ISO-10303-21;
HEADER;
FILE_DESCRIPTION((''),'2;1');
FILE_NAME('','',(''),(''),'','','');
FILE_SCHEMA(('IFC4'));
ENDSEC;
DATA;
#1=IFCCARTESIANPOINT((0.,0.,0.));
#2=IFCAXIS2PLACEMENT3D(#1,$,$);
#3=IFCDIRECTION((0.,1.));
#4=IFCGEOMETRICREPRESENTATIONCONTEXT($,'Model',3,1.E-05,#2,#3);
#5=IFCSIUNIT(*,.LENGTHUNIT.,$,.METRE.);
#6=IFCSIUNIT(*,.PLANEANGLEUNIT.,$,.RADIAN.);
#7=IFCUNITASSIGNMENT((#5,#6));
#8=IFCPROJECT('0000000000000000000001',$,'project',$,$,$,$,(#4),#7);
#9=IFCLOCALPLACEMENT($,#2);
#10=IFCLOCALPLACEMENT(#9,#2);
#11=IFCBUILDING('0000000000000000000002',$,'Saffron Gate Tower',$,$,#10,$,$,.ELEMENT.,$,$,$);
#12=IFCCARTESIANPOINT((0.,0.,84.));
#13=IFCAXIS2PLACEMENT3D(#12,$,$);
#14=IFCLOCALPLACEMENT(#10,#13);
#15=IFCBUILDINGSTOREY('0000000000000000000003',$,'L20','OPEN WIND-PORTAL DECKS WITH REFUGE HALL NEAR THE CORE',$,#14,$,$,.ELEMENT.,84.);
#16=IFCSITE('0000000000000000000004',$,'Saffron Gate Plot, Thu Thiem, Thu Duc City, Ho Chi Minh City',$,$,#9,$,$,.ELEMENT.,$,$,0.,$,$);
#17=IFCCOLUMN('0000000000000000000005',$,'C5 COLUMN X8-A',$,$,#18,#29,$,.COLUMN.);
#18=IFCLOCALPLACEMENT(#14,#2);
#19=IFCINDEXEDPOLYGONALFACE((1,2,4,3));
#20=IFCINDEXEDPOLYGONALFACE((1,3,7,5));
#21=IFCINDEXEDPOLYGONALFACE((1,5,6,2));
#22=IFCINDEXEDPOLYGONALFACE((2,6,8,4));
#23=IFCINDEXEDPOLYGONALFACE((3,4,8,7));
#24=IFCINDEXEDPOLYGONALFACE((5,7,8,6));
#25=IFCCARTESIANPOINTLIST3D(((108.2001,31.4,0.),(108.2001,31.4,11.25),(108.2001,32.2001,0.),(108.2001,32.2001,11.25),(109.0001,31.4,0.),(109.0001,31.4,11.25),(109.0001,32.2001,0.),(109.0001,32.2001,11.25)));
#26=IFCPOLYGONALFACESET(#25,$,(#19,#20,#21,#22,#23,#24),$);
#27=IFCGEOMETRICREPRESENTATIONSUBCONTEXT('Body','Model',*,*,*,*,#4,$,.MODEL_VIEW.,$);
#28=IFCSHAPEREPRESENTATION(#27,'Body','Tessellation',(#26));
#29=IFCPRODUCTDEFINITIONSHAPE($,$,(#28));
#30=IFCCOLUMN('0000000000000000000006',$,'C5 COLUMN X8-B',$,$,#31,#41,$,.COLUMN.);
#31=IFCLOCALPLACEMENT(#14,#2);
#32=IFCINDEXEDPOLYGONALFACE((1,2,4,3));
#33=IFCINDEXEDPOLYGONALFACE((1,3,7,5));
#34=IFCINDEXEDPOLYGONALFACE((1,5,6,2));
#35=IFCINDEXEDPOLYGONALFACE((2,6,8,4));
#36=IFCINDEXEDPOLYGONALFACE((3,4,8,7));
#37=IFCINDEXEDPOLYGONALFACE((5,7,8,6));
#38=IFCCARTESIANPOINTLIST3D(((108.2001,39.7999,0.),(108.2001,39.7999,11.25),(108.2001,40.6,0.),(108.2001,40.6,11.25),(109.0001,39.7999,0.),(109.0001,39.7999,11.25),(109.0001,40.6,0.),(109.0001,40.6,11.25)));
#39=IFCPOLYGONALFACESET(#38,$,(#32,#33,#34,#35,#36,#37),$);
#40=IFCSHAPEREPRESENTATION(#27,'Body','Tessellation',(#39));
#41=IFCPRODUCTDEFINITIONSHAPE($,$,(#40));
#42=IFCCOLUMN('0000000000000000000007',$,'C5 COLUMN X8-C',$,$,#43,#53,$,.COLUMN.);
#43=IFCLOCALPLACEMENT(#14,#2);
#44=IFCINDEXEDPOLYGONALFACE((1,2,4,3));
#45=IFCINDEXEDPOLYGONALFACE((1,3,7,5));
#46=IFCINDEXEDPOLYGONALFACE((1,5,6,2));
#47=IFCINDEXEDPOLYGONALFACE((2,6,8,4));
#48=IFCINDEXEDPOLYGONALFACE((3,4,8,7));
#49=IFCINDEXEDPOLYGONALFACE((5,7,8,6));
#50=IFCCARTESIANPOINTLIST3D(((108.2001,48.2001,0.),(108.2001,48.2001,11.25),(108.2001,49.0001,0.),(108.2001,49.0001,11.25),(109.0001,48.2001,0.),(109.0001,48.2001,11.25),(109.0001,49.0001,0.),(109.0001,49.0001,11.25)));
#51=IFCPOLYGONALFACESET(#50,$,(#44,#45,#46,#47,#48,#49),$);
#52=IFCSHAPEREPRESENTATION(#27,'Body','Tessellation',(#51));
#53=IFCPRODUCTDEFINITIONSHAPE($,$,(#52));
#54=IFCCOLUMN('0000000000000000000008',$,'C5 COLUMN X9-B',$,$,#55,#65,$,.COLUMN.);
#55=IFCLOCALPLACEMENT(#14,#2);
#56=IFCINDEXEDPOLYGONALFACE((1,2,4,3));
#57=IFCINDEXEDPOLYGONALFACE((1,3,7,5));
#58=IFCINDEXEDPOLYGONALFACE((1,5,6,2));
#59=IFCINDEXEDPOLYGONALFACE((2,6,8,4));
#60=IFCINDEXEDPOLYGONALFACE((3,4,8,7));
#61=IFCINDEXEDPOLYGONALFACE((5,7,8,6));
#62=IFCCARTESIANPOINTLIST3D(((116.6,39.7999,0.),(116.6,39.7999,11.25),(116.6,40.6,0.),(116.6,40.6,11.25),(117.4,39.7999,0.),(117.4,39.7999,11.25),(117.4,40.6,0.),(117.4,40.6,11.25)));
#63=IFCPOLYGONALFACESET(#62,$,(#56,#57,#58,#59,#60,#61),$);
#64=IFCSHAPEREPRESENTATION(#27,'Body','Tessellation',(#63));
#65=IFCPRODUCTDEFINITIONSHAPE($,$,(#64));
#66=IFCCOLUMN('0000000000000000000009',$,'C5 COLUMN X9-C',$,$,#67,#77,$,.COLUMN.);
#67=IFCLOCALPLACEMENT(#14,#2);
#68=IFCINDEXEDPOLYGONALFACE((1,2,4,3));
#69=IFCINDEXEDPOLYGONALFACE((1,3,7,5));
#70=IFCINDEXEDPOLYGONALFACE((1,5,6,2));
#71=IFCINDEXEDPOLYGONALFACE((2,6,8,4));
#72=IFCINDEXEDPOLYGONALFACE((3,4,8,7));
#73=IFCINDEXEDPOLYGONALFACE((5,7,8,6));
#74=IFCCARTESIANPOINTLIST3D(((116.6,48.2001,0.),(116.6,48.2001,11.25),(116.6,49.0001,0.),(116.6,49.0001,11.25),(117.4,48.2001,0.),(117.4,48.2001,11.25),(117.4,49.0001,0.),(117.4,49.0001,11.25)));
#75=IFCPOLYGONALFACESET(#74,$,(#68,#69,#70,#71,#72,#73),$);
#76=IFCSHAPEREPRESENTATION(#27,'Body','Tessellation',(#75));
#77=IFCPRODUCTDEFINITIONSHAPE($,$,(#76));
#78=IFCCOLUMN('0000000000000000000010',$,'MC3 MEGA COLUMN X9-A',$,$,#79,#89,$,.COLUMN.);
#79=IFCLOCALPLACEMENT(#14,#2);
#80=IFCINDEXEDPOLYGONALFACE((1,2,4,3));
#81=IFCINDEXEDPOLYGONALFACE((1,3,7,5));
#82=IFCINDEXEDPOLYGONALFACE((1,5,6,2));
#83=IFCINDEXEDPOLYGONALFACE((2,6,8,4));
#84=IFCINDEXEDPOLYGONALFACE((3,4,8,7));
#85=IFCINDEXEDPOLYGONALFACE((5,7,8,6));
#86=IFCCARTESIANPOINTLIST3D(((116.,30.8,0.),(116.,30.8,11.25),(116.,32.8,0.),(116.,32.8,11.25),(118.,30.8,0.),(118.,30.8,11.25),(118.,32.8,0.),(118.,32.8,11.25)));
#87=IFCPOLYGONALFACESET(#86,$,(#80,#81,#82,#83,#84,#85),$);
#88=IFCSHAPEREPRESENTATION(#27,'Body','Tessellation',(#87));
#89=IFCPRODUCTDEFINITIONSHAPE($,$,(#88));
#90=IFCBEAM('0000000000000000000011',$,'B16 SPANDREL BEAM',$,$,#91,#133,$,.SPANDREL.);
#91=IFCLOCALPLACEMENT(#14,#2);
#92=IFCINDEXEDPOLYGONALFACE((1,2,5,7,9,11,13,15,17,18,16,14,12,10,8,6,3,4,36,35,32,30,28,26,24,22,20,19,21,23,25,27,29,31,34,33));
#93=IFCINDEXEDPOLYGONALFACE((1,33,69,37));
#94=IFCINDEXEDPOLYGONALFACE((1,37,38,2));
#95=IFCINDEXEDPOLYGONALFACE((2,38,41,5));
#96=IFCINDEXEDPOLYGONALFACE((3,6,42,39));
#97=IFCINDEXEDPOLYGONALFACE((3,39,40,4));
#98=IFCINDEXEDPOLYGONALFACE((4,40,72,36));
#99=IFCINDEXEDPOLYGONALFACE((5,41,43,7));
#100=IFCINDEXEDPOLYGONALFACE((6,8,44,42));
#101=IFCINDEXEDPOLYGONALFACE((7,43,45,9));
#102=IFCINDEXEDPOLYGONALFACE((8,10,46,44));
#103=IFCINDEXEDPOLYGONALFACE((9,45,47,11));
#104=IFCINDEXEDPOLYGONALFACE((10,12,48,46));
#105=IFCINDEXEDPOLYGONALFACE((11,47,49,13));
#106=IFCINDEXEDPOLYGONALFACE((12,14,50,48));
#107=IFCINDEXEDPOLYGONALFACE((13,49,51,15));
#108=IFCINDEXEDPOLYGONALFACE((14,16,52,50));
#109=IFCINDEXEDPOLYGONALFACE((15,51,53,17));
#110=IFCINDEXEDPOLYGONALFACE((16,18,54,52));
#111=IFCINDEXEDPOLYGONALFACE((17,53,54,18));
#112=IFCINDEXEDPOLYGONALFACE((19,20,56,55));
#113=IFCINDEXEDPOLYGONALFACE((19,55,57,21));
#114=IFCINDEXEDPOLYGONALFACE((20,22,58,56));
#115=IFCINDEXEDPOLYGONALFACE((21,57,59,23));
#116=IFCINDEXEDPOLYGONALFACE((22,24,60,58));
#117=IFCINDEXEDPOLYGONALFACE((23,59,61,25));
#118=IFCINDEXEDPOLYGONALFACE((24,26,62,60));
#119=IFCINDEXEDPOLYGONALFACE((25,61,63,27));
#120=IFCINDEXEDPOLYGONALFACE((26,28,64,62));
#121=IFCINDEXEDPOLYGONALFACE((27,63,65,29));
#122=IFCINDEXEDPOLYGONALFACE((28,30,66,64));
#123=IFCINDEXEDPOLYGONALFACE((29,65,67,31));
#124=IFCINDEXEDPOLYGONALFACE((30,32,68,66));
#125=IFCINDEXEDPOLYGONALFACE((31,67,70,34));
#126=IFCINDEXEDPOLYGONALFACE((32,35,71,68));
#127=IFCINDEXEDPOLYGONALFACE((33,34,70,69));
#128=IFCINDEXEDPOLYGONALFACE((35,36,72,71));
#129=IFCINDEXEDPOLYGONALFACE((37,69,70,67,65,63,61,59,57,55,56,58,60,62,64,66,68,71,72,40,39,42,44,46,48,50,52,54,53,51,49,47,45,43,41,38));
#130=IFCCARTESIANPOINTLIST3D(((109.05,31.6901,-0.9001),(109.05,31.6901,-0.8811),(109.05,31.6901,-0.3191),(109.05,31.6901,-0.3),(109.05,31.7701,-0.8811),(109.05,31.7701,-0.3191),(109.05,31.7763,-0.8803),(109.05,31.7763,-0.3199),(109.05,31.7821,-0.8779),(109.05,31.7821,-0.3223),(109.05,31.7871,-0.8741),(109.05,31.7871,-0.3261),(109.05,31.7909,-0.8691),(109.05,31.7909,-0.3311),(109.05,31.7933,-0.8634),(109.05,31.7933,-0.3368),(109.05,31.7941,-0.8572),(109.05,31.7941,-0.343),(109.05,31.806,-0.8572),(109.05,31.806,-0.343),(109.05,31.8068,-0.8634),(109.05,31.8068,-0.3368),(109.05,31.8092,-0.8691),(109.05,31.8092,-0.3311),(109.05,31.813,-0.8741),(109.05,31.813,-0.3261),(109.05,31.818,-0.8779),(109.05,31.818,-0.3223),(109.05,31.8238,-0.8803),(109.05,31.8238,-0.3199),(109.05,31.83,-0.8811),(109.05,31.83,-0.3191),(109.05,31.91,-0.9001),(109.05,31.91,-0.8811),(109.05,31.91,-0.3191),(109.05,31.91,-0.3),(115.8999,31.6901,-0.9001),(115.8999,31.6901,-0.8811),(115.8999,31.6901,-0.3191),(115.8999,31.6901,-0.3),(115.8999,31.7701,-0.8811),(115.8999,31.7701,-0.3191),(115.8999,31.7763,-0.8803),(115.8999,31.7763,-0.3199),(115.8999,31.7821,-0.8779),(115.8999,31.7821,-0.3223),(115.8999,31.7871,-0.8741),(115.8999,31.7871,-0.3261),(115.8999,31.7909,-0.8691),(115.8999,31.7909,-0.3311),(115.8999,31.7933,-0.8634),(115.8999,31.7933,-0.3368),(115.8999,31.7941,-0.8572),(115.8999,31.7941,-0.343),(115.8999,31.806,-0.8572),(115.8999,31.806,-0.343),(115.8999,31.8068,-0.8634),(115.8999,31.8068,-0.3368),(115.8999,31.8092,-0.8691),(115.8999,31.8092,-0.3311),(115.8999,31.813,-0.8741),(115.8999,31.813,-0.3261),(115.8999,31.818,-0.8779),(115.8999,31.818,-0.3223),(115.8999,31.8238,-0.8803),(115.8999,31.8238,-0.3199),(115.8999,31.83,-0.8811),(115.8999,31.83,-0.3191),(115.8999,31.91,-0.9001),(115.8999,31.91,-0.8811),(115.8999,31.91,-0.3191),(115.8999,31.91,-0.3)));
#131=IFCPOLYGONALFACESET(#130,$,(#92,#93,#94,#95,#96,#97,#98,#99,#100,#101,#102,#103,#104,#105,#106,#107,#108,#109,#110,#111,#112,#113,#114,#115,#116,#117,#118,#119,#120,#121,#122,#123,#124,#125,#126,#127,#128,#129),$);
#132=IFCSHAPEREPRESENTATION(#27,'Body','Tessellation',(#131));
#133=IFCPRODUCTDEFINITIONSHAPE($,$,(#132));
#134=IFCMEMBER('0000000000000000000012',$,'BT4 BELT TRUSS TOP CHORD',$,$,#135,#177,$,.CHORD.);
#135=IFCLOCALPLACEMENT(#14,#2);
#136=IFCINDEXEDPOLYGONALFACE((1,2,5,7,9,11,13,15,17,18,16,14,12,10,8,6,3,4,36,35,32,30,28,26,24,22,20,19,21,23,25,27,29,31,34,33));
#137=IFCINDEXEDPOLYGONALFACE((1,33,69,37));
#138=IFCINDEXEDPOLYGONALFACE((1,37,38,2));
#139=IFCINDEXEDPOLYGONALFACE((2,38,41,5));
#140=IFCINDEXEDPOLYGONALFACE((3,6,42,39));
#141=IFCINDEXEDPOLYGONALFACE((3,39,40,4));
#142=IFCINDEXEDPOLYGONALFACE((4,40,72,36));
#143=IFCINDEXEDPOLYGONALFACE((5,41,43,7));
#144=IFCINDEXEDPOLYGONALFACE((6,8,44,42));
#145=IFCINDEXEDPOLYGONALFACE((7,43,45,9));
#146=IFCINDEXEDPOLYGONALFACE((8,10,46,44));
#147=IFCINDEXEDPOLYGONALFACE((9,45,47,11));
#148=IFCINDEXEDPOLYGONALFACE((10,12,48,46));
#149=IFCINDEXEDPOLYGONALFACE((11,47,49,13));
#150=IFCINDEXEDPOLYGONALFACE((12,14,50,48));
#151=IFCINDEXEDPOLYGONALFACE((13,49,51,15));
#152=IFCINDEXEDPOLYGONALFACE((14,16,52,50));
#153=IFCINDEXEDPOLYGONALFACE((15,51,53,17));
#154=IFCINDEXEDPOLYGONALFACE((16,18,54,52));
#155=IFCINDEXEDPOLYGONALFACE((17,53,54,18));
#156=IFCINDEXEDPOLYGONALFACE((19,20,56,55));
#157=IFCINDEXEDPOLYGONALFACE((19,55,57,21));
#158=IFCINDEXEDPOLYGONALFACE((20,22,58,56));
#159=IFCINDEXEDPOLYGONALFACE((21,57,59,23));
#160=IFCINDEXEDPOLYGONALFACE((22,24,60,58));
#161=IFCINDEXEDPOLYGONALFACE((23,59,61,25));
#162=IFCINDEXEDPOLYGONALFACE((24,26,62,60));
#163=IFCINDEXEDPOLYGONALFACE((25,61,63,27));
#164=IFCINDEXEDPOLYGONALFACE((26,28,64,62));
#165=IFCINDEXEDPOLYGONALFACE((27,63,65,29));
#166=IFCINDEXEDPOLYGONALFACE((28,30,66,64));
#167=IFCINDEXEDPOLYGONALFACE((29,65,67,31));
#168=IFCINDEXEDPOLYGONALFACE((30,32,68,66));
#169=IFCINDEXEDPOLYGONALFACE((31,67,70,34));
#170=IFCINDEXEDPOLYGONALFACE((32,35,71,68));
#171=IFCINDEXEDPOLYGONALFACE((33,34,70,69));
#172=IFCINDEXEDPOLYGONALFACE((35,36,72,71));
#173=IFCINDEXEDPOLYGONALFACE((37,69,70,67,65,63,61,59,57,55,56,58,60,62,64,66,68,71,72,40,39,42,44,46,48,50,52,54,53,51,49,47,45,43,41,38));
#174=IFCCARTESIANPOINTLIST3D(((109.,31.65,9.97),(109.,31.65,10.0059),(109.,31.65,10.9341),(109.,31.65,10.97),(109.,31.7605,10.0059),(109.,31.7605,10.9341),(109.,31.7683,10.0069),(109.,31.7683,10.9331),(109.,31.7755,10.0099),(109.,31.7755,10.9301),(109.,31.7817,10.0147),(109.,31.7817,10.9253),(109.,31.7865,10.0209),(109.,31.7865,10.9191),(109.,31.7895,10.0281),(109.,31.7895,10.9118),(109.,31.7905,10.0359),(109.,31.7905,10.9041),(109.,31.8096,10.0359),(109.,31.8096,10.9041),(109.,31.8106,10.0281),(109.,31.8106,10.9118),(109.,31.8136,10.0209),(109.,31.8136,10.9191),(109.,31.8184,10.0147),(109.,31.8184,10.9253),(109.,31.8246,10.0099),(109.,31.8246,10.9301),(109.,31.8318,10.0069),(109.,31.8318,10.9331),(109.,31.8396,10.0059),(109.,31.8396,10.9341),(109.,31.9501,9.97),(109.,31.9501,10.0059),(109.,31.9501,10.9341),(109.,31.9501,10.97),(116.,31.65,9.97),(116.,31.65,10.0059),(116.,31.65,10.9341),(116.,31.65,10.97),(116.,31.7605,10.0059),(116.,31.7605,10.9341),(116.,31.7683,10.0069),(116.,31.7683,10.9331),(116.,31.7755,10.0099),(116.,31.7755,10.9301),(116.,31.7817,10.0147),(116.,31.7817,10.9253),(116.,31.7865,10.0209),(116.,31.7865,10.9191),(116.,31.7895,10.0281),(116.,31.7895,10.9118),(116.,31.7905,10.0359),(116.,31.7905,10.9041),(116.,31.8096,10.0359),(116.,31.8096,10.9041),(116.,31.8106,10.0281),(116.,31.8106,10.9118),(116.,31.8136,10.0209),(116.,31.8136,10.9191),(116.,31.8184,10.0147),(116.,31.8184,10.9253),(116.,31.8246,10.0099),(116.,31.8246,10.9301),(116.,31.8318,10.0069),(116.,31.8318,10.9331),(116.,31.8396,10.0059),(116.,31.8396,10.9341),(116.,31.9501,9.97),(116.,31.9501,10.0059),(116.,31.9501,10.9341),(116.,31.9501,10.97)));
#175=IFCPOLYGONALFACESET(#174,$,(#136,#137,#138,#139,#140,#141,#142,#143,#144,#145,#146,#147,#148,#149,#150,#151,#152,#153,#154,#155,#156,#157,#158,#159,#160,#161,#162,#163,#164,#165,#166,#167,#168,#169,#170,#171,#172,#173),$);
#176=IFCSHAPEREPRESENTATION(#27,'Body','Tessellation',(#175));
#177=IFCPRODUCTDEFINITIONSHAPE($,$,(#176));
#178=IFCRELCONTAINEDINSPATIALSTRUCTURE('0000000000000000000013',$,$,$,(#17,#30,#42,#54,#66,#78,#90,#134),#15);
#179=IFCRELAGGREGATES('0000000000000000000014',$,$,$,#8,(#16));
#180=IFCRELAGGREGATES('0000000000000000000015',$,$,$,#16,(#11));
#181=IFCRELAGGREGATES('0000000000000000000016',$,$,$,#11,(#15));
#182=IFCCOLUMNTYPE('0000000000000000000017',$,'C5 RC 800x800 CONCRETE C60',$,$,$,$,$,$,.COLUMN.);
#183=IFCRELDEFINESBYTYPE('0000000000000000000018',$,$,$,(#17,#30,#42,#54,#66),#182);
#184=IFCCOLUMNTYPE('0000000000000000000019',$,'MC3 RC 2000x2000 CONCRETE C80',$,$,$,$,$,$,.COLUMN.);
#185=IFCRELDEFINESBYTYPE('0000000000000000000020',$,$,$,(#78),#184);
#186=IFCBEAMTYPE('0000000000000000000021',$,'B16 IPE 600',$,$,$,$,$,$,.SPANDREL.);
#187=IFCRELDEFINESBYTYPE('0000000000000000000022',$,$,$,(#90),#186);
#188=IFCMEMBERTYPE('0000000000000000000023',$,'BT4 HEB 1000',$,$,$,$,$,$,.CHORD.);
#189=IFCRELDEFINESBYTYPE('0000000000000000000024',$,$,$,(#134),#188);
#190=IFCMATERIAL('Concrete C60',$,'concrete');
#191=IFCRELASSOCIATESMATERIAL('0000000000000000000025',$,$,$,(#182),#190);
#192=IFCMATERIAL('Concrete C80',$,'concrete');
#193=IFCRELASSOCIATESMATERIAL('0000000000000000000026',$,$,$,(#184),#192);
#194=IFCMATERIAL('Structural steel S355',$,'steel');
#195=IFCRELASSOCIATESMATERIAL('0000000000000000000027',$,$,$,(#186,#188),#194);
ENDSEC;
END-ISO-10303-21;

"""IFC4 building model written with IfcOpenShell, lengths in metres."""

from ifc_helpers import new_model, si_unit, direction, frame, origin, origin_2d, place, context, subcontext, project, spatial, rectangle, i_section, extrude, material, material_profile, profile_set, type_object, element, save


model = new_model("IFC4")

# Units and contexts
model_context = context("Model", 3, precision=1e-05, world=origin(), true_north=direction((0.0, 1.0)))
body_context = subcontext(model_context, "Body", "Model", "MODEL_VIEW")
ifc_project = project(units=[si_unit("LENGTHUNIT", "METRE"), si_unit("PLANEANGLEUNIT", "RADIAN")], contexts=[model_context])

# Site, building, storey
site_placement = place(None, origin())
site = spatial("IfcSite", under=ifc_project, at=site_placement, Name="Saffron Gate Plot, Thu Thiem, Thu Duc City, Ho Chi Minh City", CompositionType="ELEMENT", RefElevation=0.0)
building_placement = place(site_placement, origin())
building = spatial("IfcBuilding", under=site, at=building_placement, Name="Saffron Gate Tower", CompositionType="ELEMENT")
storey_placement = place(building_placement, frame((0.0, 0.0, 84.0)))
storey = spatial("IfcBuildingStorey", under=building, at=storey_placement, Name="L20", Description="OPEN WIND-PORTAL DECKS WITH REFUGE HALL NEAR THE CORE", CompositionType="ELEMENT", Elevation=84.0)

# Columns
ifc_material_1 = material(Name="Concrete C60", Category="concrete")
ifc_material_profile_1 = material_profile(ifc_material_1, rectangle(XDim=0.8, YDim=0.8, at=origin_2d()))
ifc_profile_set_1 = profile_set([ifc_material_profile_1], Name="Concrete C60")
column_type_1 = type_object("IfcColumnType", Name="C5 RC 800x800 CONCRETE C60", PredefinedType="COLUMN", material=ifc_profile_set_1)
for number, where, z_axis, x_axis, name in (
    (1, (108.6001, 31.8, 0.0), (0.0, 0.0, 1.0), (1.0, 0.0, 0.0), "C5 COLUMN X8-A"),
    (2, (108.6001, 40.2, 0.0), (0.0, 0.0, 1.0), (1.0, 0.0, 0.0), "C5 COLUMN X8-B"),
    (3, (108.6001, 48.6001, 0.0), (0.0, 0.0, 1.0), (1.0, 0.0, 0.0), "C5 COLUMN X8-C"),
    (4, (117.0, 40.2, 0.0), (0.0, 0.0, 1.0), (1.0, 0.0, 0.0), "C5 COLUMN X9-B"),
    (5, (117.0, 48.6001, 0.0), (0.0, 0.0, 1.0), (1.0, 0.0, 0.0), "C5 COLUMN X9-C"),
):
    element("IfcColumn", number, at=place(storey_placement, frame(where, z_axis=z_axis, x_axis=x_axis)), inside=storey, type_object=column_type_1, Name=name, PredefinedType="COLUMN", context=body_context, shape_type="SweptSolid", body=[
        extrude(rectangle(XDim=0.8, YDim=0.8, at=origin_2d()), origin(), (0.0, 0.0, 1.0), 11.25),
    ])
ifc_material_2 = material(Name="Concrete C80", Category="concrete")
ifc_material_profile_2 = material_profile(ifc_material_2, rectangle(XDim=2.0, YDim=2.0, at=origin_2d()))
ifc_profile_set_2 = profile_set([ifc_material_profile_2], Name="Concrete C80")
column_type_2 = type_object("IfcColumnType", Name="MC3 RC 2000x2000 CONCRETE C80", PredefinedType="COLUMN", material=ifc_profile_set_2)
column_placement = place(storey_placement, frame((117.0, 31.8, 0.0), z_axis=(0.0, 0.0, 1.0), x_axis=(1.0, 0.0, 0.0)))
element("IfcColumn", 6, at=column_placement, inside=storey, type_object=column_type_2, Name="MC3 MEGA COLUMN X9-A", PredefinedType="COLUMN", context=body_context, shape_type="SweptSolid", body=[
    extrude(rectangle(XDim=2.0, YDim=2.0, at=origin_2d()), origin(), (0.0, 0.0, 1.0), 11.25),
])

# Beam
ifc_material_3 = material(Name="Structural steel S355", Category="steel")
ifc_material_profile_3 = material_profile(ifc_material_3, i_section(OverallWidth=0.22, OverallDepth=0.6001, WebThickness=0.012, FlangeThickness=0.019, FilletRadius=0.0239, at=origin_2d()))
ifc_profile_set_3 = profile_set([ifc_material_profile_3], Name="Structural steel S355")
beam_type_1 = type_object("IfcBeamType", Name="B16 IPE 600", PredefinedType="SPANDREL", material=ifc_profile_set_3)
beam_1_placement = place(storey_placement, frame((109.05, 31.8, -0.6001), z_axis=(1.0, 0.0, 0.0), x_axis=(0.0, 1.0, 0.0)))
element("IfcBeam", 7, at=beam_1_placement, inside=storey, type_object=beam_type_1, Name="B16 SPANDREL BEAM", PredefinedType="SPANDREL", context=body_context, shape_type="SweptSolid", body=[
    extrude(i_section(OverallWidth=0.22, OverallDepth=0.6001, WebThickness=0.012, FlangeThickness=0.019, FilletRadius=0.0239, at=origin_2d()), origin(), (0.0, 0.0, 1.0), 6.8499),
])

# Member
ifc_material_profile_4 = material_profile(ifc_material_3, i_section(OverallWidth=0.3, OverallDepth=1.0, WebThickness=0.019, FlangeThickness=0.0359, FilletRadius=0.03, at=origin_2d()))
ifc_profile_set_4 = profile_set([ifc_material_profile_4], Name="Structural steel S355")
member_type_1 = type_object("IfcMemberType", Name="BT4 HEB 1000", PredefinedType="CHORD", material=ifc_profile_set_4)
for number, where, z_axis, x_axis, name in (
    (8, (109.0, 31.8, 10.47), (1.0, 0.0, 0.0), (0.0, 1.0, 0.0), "BT4 BELT TRUSS TOP CHORD"),
):
    element("IfcMember", number, at=place(storey_placement, frame(where, z_axis=z_axis, x_axis=x_axis)), inside=storey, type_object=member_type_1, Name=name, PredefinedType="CHORD", context=body_context, shape_type="SweptSolid", body=[
        extrude(i_section(OverallWidth=0.3, OverallDepth=1.0, WebThickness=0.019, FlangeThickness=0.0359, FilletRadius=0.03, at=origin_2d()), origin(), (0.0, 0.0, 1.0), 7.0),
    ])

save(model, "model.ifc")
